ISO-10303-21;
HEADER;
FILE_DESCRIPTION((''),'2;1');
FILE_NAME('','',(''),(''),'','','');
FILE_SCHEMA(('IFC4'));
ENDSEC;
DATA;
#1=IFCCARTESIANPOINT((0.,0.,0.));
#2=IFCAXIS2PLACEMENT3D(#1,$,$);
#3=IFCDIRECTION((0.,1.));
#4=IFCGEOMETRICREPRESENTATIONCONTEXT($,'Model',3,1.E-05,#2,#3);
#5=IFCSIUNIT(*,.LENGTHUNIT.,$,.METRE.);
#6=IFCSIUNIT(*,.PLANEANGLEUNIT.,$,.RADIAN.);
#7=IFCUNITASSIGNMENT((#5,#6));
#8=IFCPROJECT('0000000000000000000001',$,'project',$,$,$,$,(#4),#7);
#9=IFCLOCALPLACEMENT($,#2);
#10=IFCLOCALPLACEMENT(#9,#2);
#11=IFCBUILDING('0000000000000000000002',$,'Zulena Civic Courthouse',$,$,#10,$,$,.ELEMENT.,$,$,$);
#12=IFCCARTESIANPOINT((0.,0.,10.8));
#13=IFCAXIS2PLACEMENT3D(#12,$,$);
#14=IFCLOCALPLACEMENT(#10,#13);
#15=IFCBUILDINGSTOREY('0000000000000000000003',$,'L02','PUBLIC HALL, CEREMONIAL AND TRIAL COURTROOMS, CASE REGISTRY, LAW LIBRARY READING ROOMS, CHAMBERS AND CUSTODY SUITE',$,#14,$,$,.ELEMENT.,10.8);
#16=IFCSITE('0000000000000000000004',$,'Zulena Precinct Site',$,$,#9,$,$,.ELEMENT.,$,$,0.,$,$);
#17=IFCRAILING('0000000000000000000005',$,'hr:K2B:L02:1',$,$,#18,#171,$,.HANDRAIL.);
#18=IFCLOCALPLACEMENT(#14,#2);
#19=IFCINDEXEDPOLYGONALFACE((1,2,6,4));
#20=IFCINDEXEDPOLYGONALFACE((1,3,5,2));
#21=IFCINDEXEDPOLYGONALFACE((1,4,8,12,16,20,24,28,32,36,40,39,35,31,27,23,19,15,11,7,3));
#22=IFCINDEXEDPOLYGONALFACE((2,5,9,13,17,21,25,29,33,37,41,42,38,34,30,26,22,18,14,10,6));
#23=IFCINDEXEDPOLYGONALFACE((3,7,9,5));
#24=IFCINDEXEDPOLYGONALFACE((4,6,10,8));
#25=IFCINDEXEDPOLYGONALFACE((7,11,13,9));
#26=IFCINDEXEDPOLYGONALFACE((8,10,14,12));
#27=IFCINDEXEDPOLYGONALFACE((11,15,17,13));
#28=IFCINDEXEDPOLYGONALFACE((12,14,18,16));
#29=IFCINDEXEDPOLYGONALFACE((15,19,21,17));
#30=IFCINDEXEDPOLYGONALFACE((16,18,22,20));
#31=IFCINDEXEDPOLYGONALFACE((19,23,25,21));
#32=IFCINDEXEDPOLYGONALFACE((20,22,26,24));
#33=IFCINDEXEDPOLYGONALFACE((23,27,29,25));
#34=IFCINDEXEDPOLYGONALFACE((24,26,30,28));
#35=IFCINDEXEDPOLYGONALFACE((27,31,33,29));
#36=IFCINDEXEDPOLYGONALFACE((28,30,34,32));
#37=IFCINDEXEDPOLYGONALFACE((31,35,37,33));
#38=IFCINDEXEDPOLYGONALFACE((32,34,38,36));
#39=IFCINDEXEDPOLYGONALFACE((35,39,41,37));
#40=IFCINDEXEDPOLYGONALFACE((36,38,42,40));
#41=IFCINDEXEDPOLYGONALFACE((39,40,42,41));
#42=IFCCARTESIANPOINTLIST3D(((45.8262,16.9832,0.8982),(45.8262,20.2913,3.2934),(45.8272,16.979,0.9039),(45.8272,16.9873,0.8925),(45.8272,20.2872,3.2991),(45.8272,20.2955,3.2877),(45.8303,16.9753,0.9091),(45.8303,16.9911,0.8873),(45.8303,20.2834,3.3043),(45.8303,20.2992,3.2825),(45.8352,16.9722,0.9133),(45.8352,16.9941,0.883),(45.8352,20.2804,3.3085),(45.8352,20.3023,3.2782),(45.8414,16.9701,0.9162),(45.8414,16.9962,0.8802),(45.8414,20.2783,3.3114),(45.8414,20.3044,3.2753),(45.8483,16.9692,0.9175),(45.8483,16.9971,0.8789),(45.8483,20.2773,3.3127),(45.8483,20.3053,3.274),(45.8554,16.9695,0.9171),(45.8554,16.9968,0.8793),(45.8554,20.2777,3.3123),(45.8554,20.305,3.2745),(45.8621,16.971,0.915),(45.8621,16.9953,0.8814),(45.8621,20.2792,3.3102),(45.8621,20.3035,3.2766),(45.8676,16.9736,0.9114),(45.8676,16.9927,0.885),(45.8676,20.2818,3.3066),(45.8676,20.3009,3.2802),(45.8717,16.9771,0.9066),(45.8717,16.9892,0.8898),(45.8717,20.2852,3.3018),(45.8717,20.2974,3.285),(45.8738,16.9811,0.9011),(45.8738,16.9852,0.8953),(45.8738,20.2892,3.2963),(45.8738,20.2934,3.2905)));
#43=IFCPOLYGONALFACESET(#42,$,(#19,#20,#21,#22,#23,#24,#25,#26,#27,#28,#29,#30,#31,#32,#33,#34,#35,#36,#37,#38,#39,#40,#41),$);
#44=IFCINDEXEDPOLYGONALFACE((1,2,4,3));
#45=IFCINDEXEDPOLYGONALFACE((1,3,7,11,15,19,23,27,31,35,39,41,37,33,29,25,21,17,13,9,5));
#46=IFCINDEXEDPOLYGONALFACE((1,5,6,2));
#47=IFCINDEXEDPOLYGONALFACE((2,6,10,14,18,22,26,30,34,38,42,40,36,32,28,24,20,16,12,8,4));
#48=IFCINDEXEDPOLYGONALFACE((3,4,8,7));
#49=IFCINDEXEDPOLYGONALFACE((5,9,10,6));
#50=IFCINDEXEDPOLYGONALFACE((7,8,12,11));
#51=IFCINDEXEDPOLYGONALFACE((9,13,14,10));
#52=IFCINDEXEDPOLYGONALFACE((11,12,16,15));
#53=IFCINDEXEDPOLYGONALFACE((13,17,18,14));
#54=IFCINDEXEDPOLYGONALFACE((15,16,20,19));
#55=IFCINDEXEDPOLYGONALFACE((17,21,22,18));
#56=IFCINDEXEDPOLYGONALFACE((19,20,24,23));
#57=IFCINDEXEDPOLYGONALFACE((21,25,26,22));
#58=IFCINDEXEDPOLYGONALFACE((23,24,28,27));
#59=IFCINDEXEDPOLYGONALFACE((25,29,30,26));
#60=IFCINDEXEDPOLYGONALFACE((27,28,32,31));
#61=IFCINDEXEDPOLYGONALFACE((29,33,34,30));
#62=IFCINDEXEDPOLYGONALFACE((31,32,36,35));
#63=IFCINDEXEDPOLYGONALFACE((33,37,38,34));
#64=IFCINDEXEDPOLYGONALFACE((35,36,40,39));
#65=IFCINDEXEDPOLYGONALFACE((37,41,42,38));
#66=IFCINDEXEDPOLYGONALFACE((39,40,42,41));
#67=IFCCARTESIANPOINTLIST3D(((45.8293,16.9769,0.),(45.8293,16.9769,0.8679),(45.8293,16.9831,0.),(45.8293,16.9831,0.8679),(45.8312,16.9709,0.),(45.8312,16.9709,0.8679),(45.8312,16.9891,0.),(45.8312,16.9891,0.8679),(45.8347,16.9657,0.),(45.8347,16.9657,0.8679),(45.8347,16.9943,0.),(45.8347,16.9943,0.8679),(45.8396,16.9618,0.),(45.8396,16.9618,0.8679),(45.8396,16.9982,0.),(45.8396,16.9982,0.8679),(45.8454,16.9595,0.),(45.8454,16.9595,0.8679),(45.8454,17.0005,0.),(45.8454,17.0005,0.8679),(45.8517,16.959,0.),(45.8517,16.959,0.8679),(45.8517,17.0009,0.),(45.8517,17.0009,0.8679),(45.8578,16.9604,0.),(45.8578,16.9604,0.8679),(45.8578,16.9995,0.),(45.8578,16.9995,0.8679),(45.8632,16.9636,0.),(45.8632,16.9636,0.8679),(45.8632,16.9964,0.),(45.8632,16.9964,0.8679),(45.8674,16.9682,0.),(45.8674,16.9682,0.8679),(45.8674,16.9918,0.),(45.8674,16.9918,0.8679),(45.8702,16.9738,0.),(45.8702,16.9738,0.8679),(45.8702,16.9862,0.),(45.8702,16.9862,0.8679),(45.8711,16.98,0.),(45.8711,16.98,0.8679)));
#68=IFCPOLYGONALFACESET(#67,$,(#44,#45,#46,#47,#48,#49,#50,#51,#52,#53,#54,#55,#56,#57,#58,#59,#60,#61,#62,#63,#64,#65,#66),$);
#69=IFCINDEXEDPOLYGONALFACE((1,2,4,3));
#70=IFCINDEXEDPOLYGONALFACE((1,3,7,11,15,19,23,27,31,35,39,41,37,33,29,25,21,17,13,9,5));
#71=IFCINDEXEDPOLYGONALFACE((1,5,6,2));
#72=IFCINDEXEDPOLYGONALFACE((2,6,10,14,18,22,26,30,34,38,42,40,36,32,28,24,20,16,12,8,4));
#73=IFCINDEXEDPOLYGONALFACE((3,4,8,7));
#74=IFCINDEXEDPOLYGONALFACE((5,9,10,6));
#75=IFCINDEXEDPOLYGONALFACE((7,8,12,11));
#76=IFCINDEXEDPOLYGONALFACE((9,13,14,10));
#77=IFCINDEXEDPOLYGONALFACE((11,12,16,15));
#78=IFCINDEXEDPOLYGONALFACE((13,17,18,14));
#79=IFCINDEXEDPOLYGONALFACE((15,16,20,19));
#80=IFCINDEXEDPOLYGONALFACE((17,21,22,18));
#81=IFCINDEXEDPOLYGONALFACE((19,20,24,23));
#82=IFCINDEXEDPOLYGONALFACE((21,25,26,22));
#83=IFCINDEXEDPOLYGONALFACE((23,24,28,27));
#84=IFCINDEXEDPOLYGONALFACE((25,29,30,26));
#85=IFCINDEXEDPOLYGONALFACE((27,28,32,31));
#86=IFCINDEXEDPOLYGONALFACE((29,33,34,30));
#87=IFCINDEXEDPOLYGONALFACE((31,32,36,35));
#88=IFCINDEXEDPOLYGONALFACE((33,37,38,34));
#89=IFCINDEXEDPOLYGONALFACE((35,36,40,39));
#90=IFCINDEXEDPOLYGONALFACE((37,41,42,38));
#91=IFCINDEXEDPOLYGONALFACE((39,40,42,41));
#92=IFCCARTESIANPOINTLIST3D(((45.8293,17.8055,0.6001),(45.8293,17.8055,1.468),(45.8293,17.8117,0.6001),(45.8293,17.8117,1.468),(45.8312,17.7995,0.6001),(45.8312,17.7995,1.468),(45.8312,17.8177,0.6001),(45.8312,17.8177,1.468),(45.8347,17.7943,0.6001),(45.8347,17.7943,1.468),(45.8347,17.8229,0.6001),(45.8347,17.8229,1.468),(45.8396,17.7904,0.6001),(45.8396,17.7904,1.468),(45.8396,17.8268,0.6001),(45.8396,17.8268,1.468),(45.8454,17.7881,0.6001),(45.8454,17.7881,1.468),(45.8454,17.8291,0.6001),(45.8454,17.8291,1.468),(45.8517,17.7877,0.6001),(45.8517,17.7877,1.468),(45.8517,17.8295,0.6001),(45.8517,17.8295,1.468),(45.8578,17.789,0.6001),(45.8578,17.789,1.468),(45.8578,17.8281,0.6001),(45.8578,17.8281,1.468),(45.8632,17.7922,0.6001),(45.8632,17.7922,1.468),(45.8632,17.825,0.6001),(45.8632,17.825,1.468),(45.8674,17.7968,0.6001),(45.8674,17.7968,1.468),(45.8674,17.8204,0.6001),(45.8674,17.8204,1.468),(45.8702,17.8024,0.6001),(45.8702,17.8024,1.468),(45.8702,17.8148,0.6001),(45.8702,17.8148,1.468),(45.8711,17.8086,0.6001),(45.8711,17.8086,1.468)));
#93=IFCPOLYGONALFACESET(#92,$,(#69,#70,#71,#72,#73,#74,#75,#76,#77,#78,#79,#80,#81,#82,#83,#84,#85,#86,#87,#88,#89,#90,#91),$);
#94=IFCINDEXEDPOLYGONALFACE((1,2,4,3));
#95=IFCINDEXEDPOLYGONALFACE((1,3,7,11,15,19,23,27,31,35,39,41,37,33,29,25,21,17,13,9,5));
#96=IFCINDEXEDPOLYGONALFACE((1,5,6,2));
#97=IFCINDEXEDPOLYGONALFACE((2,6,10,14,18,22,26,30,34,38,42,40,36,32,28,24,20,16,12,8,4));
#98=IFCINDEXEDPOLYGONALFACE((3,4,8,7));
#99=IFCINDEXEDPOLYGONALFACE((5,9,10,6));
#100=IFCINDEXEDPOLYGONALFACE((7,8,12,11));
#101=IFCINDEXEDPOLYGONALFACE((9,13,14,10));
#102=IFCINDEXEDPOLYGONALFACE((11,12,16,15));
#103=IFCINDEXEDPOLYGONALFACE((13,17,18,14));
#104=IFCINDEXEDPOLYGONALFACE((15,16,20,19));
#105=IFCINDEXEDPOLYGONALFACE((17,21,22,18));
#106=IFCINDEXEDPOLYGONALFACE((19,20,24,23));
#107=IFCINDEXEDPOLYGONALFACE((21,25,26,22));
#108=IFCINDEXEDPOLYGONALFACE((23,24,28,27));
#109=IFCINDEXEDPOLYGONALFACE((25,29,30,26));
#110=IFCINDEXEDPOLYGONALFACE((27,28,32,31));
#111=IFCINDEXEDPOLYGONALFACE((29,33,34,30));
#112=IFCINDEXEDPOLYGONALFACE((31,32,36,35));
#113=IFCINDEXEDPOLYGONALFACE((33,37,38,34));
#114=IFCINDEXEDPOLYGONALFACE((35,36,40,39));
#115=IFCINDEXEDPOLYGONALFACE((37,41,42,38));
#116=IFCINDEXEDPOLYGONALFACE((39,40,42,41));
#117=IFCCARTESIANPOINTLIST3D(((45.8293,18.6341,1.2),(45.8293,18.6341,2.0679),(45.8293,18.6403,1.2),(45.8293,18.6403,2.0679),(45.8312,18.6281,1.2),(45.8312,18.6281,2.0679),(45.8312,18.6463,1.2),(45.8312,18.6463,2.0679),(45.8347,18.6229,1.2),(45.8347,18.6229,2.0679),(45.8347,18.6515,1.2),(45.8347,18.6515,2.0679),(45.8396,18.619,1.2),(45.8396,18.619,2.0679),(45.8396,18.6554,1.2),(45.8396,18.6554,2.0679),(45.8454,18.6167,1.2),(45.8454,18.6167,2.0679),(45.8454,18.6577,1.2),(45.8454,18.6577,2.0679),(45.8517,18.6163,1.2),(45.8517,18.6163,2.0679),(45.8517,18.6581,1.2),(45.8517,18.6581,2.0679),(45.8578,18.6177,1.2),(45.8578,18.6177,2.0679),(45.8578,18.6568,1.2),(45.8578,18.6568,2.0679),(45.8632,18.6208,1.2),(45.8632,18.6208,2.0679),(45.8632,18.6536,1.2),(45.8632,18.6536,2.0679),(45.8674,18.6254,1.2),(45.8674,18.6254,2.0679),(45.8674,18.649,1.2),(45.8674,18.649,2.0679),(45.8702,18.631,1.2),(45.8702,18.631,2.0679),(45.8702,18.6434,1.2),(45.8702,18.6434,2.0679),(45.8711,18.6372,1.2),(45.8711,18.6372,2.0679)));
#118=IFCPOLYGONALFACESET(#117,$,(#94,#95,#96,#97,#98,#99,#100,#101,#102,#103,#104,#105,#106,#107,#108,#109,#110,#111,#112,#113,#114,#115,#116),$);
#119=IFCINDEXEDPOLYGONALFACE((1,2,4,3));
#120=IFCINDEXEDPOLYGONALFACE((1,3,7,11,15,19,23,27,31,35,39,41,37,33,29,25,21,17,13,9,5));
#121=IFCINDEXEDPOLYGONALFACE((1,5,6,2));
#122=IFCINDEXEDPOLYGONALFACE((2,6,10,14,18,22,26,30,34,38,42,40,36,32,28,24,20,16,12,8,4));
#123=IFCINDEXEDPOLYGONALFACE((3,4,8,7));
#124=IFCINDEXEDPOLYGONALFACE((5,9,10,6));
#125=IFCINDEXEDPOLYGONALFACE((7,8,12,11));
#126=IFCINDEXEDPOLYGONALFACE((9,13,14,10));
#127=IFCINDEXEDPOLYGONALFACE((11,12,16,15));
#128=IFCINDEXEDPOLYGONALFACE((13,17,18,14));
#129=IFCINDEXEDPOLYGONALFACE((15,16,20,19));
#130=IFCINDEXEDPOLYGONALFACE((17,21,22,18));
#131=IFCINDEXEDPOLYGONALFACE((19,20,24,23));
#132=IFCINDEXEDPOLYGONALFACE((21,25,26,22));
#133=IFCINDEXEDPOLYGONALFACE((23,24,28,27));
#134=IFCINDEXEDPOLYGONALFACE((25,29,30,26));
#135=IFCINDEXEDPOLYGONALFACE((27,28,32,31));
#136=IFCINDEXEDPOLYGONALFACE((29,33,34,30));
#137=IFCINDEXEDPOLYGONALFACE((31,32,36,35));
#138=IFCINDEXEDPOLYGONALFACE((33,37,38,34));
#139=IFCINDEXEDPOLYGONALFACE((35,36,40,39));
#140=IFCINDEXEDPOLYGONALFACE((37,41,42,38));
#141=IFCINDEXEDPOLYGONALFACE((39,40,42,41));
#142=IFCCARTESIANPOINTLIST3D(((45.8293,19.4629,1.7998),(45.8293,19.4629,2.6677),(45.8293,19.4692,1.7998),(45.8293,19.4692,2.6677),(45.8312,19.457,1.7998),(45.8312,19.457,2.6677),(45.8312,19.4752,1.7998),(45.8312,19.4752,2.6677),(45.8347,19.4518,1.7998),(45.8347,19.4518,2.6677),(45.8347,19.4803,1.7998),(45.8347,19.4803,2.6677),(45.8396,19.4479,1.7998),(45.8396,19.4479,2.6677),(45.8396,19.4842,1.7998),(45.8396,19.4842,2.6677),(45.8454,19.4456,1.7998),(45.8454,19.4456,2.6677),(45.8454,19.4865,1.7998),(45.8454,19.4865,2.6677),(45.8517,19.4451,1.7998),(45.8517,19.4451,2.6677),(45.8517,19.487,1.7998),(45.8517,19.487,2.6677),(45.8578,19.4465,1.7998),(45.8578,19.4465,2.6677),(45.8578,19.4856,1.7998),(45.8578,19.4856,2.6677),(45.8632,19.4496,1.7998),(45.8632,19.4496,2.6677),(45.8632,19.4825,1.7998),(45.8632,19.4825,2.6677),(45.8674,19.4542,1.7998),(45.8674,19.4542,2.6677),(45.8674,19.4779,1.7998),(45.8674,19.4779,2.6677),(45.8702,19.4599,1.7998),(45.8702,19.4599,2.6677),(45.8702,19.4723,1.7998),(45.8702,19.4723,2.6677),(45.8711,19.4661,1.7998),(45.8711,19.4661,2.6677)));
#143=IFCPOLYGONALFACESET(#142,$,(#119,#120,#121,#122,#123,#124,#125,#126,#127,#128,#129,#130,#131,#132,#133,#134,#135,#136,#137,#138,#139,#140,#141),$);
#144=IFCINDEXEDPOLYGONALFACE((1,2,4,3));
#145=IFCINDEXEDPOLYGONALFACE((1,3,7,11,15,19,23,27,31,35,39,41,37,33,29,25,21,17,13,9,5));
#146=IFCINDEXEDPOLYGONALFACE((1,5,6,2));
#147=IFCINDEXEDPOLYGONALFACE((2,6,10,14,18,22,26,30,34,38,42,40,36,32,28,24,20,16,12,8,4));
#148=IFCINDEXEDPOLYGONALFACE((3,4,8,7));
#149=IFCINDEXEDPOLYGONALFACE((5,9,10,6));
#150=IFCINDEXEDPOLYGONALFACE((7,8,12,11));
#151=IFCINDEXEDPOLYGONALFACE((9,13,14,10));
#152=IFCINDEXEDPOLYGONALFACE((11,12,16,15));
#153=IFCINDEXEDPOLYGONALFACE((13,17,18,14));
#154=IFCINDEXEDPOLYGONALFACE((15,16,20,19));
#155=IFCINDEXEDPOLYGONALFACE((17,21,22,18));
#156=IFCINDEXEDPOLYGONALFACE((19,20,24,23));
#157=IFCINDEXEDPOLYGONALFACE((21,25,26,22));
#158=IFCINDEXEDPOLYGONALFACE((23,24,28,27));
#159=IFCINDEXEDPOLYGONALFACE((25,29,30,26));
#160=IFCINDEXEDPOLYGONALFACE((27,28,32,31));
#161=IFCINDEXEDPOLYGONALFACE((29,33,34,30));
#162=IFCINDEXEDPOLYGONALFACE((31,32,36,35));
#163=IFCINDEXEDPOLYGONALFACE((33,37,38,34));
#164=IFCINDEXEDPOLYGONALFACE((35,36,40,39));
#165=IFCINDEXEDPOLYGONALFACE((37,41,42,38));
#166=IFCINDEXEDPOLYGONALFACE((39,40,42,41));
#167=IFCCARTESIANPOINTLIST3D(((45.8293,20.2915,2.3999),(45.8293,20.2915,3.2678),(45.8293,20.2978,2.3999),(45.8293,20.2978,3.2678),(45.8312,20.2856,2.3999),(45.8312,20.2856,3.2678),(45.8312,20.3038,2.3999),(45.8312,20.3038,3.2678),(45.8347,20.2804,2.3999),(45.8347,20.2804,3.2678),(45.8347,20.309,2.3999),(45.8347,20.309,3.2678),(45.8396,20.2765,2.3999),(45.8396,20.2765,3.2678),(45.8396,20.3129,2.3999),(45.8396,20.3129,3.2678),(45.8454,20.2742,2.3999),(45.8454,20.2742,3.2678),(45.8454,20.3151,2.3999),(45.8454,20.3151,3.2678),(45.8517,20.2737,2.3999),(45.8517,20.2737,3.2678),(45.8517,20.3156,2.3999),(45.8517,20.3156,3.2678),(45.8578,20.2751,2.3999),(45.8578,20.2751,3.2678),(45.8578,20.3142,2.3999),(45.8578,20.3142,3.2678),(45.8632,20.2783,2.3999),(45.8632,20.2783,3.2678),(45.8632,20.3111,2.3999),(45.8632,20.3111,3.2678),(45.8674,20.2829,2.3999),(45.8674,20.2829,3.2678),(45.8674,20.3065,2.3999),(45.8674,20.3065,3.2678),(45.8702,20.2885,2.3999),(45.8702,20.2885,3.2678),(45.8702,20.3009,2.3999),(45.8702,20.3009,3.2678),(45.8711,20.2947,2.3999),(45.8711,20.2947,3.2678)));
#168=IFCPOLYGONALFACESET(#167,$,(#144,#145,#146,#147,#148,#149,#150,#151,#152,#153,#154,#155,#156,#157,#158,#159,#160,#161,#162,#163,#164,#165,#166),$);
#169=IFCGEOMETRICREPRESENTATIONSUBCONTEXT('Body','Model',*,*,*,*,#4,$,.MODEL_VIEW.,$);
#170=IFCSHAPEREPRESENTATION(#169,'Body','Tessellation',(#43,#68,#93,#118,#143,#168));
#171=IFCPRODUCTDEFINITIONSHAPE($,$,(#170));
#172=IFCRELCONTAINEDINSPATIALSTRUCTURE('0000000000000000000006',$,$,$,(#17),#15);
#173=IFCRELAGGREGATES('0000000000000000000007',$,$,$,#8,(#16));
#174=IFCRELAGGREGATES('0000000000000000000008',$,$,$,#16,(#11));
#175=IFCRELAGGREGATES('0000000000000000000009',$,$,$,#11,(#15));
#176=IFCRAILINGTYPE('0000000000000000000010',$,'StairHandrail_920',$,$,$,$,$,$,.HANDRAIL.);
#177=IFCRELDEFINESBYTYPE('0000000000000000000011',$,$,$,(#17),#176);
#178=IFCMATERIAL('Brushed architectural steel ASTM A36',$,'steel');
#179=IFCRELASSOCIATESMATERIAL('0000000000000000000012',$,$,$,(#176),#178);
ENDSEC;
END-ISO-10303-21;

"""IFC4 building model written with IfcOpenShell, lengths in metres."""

from ifc_helpers import new_model, si_unit, direction, frame, origin, origin_2d, place, context, subcontext, project, spatial, circle, extrude, material, type_object, element, save


model = new_model("IFC4")

# Units and contexts
model_context = context("Model", 3, precision=1e-05, world=origin(), true_north=direction((0.0, 1.0)))
body_context = subcontext(model_context, "Body", "Model", "MODEL_VIEW")
ifc_project = project(units=[si_unit("LENGTHUNIT", "METRE"), si_unit("PLANEANGLEUNIT", "RADIAN")], contexts=[model_context])

# Site, building, storey
site_placement = place(None, origin())
site = spatial("IfcSite", under=ifc_project, at=site_placement, Name="Zulena Precinct Site", CompositionType="ELEMENT", RefElevation=0.0)
building_placement = place(site_placement, origin())
building = spatial("IfcBuilding", under=site, at=building_placement, Name="Zulena Civic Courthouse", CompositionType="ELEMENT")
storey_placement = place(building_placement, frame((0.0, 0.0, 10.8)))
storey = spatial("IfcBuildingStorey", under=building, at=storey_placement, Name="L02", Description="PUBLIC HALL, CEREMONIAL AND TRIAL COURTROOMS, CASE REGISTRY, LAW LIBRARY READING ROOMS, CHAMBERS AND CUSTODY SUITE", CompositionType="ELEMENT", Elevation=10.8)

# Railing
ifc_material_1 = material(Name="Brushed architectural steel ASTM A36", Category="steel")
railing_type_1 = type_object("IfcRailingType", Name="StairHandrail_920", PredefinedType="HANDRAIL", material=ifc_material_1)
railing_1_placement = place(storey_placement, frame((45.8501, 16.98, 0.0)))
element("IfcRailing", 1, at=railing_1_placement, inside=storey, type_object=railing_type_1, Name="hr:K2B:L02:1", PredefinedType="HANDRAIL", context=body_context, shape_type="SweptSolid", body=[
    extrude(circle(Radius=0.0239, at=origin_2d()), frame((0.0, 0.0032, 0.8982), z_axis=(0.0, 0.809988, 0.586446), x_axis=(-1.0, 0.0, 0.0)), (0.0, 0.0, 1.0), 4.0842),
    extrude(circle(Radius=0.021, at=origin_2d()), origin(), (0.0, 0.0, 1.0), 0.8679),
    extrude(circle(Radius=0.021, at=origin_2d()), frame((0.0, 0.8286, 0.6001)), (0.0, 0.0, 1.0), 0.8679),
    extrude(circle(Radius=0.021, at=origin_2d()), frame((0.0, 1.6572, 1.2)), (0.0, 0.0, 1.0), 0.8679),
    extrude(circle(Radius=0.021, at=origin_2d()), frame((0.0, 2.4861, 1.7998)), (0.0, 0.0, 1.0), 0.8679),
    extrude(circle(Radius=0.021, at=origin_2d()), frame((0.0, 3.3147, 2.3999)), (0.0, 0.0, 1.0), 0.8679),
])

save(model, "model.ifc")
